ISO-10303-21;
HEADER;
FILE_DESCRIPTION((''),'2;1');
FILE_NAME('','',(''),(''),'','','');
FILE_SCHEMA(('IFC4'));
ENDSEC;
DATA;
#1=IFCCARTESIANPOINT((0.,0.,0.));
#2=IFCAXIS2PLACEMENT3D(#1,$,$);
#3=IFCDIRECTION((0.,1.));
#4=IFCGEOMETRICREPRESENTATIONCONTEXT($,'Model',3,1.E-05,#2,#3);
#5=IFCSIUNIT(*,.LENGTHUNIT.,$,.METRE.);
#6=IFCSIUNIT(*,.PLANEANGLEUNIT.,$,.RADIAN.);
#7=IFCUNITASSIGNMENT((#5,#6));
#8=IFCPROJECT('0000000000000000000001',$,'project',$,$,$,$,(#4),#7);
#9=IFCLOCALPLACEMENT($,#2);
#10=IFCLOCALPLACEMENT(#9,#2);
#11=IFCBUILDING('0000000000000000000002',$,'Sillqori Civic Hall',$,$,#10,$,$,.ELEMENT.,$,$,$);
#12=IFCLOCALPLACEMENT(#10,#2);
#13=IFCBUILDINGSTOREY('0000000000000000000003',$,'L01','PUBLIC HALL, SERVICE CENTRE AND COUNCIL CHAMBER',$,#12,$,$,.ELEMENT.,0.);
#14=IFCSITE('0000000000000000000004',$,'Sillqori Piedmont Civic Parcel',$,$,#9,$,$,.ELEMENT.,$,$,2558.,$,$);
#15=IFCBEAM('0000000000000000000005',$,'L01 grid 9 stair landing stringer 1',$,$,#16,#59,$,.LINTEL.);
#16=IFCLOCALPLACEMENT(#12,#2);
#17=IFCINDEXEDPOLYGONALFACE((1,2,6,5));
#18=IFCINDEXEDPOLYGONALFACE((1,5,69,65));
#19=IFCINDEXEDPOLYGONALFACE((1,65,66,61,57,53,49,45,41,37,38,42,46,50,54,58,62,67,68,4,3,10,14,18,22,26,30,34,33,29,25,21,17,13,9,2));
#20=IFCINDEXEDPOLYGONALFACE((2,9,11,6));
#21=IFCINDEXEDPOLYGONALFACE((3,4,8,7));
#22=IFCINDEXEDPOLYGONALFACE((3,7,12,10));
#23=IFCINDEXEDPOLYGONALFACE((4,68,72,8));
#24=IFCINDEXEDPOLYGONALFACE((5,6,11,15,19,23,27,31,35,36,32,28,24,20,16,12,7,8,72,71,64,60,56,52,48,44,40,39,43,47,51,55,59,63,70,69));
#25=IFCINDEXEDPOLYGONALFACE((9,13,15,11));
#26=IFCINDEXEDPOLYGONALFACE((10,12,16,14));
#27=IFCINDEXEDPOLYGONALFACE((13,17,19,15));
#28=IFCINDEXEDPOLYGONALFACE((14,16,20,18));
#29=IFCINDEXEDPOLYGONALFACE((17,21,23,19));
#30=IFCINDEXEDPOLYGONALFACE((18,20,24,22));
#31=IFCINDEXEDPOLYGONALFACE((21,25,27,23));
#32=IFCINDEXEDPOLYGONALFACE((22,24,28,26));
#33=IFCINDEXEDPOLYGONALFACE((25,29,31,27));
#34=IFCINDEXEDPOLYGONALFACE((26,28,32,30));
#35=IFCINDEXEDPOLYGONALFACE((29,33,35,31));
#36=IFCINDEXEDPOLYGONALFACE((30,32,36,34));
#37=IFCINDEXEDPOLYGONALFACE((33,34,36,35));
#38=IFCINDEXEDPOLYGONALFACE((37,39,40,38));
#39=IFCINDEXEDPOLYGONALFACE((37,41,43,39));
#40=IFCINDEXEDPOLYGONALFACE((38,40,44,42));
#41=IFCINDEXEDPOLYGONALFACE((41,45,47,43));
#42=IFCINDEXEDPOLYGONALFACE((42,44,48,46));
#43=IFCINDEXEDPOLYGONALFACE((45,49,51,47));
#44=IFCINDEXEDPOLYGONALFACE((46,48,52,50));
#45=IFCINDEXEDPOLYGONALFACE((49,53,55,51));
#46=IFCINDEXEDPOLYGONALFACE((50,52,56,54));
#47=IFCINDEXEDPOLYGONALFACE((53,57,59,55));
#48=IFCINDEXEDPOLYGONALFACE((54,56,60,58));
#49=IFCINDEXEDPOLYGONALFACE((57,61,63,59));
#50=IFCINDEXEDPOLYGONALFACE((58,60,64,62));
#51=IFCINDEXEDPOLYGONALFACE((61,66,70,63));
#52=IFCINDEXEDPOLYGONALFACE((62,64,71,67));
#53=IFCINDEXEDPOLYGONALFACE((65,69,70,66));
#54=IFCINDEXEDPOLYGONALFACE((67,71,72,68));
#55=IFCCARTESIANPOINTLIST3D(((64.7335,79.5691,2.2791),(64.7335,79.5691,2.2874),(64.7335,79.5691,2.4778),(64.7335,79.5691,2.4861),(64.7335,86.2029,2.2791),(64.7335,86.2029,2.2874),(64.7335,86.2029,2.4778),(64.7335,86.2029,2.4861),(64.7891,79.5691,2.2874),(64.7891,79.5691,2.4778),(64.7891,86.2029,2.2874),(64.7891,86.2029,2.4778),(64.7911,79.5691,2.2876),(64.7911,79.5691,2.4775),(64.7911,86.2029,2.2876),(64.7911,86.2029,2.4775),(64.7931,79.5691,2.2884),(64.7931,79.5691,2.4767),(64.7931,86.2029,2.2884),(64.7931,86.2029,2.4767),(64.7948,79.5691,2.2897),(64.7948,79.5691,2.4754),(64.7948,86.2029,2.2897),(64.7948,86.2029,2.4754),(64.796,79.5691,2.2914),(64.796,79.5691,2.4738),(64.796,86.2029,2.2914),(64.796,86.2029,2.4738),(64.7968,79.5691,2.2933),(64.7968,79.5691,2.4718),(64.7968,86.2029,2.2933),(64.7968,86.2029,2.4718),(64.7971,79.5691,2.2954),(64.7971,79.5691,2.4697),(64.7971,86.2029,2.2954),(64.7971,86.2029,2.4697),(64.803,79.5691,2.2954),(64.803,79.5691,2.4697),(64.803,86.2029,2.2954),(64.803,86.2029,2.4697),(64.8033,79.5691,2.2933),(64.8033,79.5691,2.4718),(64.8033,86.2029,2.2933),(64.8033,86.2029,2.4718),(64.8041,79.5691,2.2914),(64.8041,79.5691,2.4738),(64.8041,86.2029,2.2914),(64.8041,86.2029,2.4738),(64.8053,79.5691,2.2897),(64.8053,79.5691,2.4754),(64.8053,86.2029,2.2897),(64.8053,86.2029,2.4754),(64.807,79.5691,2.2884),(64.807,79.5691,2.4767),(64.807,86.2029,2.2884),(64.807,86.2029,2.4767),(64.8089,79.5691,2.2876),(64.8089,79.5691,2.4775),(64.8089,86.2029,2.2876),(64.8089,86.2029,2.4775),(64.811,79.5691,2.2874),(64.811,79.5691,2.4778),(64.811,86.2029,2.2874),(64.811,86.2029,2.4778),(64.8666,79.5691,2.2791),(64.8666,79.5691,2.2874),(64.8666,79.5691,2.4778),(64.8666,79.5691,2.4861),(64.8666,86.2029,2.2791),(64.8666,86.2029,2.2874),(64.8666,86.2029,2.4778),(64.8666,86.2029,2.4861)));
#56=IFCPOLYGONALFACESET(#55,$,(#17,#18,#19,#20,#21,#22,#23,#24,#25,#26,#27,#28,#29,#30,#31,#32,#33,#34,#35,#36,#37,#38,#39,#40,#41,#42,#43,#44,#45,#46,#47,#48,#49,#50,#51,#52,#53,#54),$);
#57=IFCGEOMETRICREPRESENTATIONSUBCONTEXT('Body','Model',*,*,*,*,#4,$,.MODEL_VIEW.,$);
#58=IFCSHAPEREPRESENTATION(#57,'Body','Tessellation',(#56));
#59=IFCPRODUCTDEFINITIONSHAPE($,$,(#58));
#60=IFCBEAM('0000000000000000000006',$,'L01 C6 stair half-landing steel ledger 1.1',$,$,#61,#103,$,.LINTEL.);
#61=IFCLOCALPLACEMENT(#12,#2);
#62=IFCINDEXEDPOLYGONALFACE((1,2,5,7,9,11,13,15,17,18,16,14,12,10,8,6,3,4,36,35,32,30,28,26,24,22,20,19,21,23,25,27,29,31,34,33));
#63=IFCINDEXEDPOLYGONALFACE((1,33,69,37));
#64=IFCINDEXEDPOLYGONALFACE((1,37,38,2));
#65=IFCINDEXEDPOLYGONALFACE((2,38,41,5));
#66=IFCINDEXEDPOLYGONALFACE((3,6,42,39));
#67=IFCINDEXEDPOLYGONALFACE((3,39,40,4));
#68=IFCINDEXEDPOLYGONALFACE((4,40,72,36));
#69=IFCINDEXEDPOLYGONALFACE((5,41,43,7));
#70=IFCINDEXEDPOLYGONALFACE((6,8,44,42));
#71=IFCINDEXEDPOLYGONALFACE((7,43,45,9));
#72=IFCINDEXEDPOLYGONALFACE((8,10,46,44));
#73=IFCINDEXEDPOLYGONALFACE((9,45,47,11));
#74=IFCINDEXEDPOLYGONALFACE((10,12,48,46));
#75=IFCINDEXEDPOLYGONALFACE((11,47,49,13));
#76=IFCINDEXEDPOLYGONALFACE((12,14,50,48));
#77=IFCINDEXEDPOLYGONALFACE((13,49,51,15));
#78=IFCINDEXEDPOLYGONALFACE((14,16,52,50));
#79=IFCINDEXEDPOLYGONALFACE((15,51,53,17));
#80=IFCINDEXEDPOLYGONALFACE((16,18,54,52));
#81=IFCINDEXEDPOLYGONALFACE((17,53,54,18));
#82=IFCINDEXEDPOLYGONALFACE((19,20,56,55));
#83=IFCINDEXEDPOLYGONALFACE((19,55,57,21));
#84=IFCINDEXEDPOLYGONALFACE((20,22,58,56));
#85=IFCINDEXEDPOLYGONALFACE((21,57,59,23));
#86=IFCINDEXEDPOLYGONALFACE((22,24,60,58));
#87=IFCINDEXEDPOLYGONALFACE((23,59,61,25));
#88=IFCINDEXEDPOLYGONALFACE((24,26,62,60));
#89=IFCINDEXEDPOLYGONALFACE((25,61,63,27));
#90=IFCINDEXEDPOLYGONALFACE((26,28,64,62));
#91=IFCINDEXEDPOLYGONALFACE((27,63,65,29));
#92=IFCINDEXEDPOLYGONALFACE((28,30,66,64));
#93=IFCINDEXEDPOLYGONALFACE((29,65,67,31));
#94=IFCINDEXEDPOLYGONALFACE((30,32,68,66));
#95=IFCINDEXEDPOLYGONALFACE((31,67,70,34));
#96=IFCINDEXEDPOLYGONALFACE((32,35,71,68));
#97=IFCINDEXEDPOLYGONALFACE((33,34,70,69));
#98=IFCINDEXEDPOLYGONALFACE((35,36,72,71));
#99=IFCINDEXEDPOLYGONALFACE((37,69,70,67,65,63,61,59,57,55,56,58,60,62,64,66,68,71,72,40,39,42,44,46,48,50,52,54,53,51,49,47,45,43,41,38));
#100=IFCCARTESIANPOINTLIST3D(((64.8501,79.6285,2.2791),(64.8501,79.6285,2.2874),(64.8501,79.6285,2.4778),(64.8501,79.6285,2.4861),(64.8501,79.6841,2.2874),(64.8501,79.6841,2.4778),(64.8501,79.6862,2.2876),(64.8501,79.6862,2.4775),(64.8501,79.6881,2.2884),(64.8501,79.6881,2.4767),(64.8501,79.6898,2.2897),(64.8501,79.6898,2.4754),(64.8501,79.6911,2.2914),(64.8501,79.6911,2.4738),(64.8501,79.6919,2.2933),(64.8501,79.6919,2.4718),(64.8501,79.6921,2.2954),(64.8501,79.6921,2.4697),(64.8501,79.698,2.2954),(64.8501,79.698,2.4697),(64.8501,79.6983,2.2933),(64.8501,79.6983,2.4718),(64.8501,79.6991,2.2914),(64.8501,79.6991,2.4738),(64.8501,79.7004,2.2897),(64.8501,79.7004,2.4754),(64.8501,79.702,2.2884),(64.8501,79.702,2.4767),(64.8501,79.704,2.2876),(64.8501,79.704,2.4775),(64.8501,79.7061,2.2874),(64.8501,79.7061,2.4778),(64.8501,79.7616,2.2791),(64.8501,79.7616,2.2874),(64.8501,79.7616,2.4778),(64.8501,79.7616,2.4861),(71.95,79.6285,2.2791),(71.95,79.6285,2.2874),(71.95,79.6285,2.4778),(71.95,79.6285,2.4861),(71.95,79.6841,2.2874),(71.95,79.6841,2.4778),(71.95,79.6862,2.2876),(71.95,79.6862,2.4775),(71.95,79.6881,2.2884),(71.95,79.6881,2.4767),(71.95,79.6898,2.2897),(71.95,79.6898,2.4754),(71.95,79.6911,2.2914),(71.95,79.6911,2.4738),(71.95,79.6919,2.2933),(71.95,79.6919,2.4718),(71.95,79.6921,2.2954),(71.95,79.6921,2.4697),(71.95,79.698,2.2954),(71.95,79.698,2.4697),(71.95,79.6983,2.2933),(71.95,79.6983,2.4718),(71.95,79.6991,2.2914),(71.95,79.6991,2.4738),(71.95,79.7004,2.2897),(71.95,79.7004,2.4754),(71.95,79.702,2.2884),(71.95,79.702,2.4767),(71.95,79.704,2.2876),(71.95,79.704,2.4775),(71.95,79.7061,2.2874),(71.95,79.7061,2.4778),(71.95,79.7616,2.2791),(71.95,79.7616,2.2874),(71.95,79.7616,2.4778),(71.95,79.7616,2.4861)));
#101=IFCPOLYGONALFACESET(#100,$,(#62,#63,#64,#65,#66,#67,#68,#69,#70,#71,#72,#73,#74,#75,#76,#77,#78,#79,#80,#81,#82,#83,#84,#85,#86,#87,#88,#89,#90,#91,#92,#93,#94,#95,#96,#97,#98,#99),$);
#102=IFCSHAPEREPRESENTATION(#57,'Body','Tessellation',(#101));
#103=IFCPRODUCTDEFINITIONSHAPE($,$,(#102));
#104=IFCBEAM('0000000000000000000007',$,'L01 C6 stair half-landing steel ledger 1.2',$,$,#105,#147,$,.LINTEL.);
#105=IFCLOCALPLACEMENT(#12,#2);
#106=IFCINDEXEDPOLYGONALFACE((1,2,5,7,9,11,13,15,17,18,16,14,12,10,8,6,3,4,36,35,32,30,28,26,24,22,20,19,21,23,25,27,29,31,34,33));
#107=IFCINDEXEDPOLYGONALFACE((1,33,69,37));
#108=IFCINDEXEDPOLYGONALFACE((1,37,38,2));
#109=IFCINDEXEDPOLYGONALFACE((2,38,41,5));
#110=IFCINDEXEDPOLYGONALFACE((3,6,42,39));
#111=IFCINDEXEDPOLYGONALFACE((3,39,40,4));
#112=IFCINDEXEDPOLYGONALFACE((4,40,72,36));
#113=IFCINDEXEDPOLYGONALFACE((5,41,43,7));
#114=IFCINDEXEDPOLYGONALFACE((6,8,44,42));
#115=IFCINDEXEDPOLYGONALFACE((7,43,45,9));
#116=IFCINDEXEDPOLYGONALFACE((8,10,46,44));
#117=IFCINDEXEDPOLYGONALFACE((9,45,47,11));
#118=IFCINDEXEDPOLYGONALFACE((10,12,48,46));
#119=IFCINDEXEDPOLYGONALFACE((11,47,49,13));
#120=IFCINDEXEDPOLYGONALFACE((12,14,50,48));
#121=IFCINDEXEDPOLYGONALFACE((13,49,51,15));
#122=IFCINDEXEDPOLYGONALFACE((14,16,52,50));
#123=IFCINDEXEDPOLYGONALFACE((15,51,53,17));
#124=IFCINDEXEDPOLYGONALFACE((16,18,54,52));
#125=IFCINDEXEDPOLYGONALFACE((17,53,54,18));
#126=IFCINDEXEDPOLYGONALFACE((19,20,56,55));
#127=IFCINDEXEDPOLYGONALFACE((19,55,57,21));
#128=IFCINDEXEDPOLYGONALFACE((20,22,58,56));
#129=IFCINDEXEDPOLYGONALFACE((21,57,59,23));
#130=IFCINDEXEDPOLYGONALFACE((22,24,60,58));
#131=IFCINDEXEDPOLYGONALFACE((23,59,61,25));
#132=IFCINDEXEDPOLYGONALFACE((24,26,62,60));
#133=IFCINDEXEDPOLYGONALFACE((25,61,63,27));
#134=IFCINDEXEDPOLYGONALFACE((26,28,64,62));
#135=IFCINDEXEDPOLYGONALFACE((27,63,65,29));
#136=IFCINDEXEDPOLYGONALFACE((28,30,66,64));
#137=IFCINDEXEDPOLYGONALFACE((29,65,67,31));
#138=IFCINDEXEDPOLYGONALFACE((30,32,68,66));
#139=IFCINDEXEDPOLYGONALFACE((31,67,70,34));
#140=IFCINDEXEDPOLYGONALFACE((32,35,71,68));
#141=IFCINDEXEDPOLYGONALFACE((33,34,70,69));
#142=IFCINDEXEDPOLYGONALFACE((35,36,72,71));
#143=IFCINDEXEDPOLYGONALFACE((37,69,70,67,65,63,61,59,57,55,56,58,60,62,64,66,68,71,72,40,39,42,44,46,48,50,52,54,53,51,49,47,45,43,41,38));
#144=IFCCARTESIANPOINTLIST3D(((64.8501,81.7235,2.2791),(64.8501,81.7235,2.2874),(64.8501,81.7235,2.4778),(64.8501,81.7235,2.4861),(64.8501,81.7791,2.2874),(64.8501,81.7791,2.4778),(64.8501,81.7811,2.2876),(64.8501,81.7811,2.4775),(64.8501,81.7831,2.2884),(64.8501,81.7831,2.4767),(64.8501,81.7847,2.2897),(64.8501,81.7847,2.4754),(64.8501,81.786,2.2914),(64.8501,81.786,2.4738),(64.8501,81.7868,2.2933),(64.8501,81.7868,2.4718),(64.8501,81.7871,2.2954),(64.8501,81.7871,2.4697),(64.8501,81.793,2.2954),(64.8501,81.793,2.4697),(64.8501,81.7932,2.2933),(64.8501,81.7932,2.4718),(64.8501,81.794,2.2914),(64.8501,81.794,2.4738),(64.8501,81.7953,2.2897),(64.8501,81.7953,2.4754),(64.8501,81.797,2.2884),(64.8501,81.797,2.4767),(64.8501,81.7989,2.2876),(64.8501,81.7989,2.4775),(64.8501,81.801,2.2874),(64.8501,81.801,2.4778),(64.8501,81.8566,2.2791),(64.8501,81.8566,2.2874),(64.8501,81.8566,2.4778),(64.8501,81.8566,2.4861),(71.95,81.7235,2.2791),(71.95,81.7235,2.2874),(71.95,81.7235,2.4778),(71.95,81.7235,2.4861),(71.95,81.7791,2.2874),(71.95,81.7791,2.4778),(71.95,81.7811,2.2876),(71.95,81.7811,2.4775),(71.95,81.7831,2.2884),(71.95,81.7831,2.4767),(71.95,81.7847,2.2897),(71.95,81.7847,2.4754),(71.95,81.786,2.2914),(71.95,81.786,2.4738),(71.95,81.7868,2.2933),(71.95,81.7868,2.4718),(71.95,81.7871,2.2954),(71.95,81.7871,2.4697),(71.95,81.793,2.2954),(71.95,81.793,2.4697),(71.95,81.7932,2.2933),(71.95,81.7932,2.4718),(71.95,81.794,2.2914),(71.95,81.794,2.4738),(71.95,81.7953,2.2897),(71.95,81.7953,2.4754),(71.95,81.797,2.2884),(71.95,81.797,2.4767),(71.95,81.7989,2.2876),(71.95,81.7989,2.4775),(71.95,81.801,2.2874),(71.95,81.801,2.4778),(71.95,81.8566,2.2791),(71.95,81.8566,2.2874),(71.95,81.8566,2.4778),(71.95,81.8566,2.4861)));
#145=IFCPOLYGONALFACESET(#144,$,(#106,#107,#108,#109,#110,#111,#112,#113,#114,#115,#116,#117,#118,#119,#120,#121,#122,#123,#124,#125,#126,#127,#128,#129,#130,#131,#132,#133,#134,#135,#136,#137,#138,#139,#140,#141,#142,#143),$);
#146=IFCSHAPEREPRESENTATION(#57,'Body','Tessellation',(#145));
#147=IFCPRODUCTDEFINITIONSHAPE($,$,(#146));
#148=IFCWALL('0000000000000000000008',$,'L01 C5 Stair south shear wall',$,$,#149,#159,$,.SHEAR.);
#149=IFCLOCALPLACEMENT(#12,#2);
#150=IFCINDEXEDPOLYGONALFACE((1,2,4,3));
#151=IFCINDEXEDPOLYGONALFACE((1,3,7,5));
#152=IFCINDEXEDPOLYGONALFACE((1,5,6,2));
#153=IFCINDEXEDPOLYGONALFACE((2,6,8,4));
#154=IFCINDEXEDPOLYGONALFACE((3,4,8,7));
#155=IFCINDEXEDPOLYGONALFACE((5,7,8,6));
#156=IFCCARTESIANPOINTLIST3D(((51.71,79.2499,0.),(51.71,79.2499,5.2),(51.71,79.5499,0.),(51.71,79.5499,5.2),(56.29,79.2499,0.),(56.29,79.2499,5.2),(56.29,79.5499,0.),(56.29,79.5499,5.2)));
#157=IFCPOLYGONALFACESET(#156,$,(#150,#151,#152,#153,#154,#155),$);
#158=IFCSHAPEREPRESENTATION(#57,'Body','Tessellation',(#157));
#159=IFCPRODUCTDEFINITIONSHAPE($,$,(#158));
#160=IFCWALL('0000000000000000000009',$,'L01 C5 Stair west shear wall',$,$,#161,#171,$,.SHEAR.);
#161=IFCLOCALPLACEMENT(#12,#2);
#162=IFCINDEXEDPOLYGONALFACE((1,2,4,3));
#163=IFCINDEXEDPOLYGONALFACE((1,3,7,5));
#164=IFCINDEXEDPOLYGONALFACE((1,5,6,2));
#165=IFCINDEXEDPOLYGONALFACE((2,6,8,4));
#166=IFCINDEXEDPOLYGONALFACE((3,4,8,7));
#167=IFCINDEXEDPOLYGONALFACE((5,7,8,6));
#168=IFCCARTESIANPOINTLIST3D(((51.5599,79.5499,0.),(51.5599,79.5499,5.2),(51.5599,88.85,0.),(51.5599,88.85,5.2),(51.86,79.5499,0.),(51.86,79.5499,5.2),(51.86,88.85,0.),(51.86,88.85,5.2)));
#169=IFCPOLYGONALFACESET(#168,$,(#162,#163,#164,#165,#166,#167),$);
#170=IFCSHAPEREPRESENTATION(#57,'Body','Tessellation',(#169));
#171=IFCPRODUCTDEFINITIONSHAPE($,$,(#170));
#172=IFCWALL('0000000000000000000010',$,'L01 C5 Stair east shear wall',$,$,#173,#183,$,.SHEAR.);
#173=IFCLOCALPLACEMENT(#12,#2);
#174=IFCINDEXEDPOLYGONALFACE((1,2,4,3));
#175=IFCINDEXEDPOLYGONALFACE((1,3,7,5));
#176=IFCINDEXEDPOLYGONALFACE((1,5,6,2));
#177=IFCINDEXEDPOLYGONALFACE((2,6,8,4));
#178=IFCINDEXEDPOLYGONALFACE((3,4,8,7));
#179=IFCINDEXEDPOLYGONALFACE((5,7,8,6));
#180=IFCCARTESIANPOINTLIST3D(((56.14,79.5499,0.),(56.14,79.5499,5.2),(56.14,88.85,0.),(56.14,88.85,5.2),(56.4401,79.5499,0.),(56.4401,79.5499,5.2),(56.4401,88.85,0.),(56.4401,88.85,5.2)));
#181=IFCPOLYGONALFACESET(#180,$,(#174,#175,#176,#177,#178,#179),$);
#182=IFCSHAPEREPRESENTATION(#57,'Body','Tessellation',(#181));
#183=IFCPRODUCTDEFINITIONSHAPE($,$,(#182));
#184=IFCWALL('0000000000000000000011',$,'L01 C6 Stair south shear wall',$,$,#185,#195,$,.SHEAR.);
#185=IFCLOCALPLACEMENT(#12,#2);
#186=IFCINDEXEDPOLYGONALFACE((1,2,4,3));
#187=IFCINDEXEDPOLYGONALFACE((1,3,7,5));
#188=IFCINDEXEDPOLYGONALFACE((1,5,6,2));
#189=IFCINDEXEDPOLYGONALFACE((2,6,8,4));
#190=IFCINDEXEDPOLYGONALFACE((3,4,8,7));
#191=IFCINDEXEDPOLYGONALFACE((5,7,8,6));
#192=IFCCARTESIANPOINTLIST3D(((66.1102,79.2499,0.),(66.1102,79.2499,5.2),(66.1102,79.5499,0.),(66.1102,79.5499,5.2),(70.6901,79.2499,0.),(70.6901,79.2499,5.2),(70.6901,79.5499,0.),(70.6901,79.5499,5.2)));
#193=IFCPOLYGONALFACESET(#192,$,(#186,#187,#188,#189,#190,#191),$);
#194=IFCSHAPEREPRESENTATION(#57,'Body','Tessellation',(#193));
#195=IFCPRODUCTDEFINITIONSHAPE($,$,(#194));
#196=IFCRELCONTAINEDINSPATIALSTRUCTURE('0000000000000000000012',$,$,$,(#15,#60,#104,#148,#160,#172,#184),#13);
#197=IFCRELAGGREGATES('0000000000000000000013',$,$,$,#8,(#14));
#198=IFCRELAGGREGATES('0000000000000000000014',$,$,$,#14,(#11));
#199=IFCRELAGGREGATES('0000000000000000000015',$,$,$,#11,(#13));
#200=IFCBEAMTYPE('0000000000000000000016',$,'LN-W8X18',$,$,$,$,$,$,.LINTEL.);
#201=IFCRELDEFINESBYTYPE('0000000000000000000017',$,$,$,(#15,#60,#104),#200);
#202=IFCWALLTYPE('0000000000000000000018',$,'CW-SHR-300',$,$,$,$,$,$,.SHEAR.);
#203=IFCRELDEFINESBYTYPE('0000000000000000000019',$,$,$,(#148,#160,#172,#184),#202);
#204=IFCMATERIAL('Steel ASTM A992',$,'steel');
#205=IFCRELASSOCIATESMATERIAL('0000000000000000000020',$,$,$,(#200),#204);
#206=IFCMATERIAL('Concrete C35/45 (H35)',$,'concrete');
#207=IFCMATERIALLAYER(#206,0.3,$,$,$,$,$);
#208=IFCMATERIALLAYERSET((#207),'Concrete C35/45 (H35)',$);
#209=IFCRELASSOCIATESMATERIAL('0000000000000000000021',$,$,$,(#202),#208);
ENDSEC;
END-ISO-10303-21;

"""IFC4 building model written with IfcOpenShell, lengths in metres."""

from ifc_helpers import new_model, si_unit, direction, frame, frame_2d, origin, origin_2d, place, context, subcontext, project, spatial, rectangle, i_section, extrude, material, layer, layer_set, material_profile, profile_set, type_object, element, save


model = new_model("IFC4")

# Units and contexts
model_context = context("Model", 3, precision=1e-05, world=origin(), true_north=direction((0.0, 1.0)))
body_context = subcontext(model_context, "Body", "Model", "MODEL_VIEW")
ifc_project = project(units=[si_unit("LENGTHUNIT", "METRE"), si_unit("PLANEANGLEUNIT", "RADIAN")], contexts=[model_context])

# Site, building, storey
site_placement = place(None, origin())
site = spatial("IfcSite", under=ifc_project, at=site_placement, Name="Sillqori Piedmont Civic Parcel", CompositionType="ELEMENT", RefElevation=2558.0)
building_placement = place(site_placement, origin())
building = spatial("IfcBuilding", under=site, at=building_placement, Name="Sillqori Civic Hall", CompositionType="ELEMENT")
storey_placement = place(building_placement, origin())
storey = spatial("IfcBuildingStorey", under=building, at=storey_placement, Name="L01", Description="PUBLIC HALL, SERVICE CENTRE AND COUNCIL CHAMBER", CompositionType="ELEMENT", Elevation=0.0)

# Shared definitions
ifc_material_1 = material(Name="Steel ASTM A992", Category="steel")

# Beams
ifc_material_profile_1 = material_profile(ifc_material_1, i_section(OverallWidth=0.1331, OverallDepth=0.207, WebThickness=0.0059, FlangeThickness=0.0083, FilletRadius=0.0081, at=origin_2d()), Name="W8X18")
ifc_profile_set_1 = profile_set([ifc_material_profile_1], Name="Steel ASTM A992")
beam_type_1 = type_object("IfcBeamType", Name="LN-W8X18", PredefinedType="LINTEL", material=ifc_profile_set_1)
beam_1_placement = place(storey_placement, frame((64.8, 79.5691, 2.3826), z_axis=(0.0, 1.0, 0.0), x_axis=(-1.0, 0.0, 0.0)))
element("IfcBeam", 1, at=beam_1_placement, inside=storey, type_object=beam_type_1, Name="L01 grid 9 stair landing stringer 1", PredefinedType="LINTEL", context=body_context, shape_type="SweptSolid", body=[
    extrude(i_section(OverallWidth=0.1331, OverallDepth=0.207, WebThickness=0.0059, FlangeThickness=0.0083, FilletRadius=0.0081, at=origin_2d()), origin(), (0.0, 0.0, 1.0), 6.6338),
])
for number, where, z_axis, x_axis, name in (
    (2, (64.8501, 79.6951, 2.3826), (1.0, 0.0, 0.0), (0.0, 1.0, 0.0), "L01 C6 stair half-landing steel ledger 1.1"),
    (3, (64.8501, 81.79, 2.3826), (1.0, 0.0, 0.0), (0.0, 1.0, 0.0), "L01 C6 stair half-landing steel ledger 1.2"),
):
    element("IfcBeam", number, at=place(storey_placement, frame(where, z_axis=z_axis, x_axis=x_axis)), inside=storey, type_object=beam_type_1, Name=name, PredefinedType="LINTEL", context=body_context, shape_type="SweptSolid", body=[
        extrude(i_section(OverallWidth=0.1331, OverallDepth=0.207, WebThickness=0.0059, FlangeThickness=0.0083, FilletRadius=0.0081, at=origin_2d()), origin(), (0.0, 0.0, 1.0), 7.0999),
    ])

# Walls
ifc_material_2 = material(Name="Concrete C35/45 (H35)", Category="concrete")
ifc_layer_1 = layer(ifc_material_2, 0.3)
ifc_layer_set_1 = layer_set([ifc_layer_1], Name="Concrete C35/45 (H35)")
wall_type_1 = type_object("IfcWallType", Name="CW-SHR-300", PredefinedType="SHEAR", material=ifc_layer_set_1)
wall_1_placement = place(storey_placement, frame((51.71, 79.3999, 0.0), z_axis=(0.0, 0.0, 1.0), x_axis=(1.0, 0.0, 0.0)))
element("IfcWall", 4, at=wall_1_placement, inside=storey, type_object=wall_type_1, Name="L01 C5 Stair south shear wall", PredefinedType="SHEAR", context=body_context, shape_type="SweptSolid", body=[
    extrude(rectangle(XDim=4.5801, YDim=0.3, at=frame_2d((2.29, 0.0))), origin(), (0.0, 0.0, 1.0), 5.2),
])
for number, where, z_axis, x_axis, name in (
    (5, (51.71, 79.55, 0.0), (0.0, 0.0, 1.0), (0.0, 1.0, 0.0), "L01 C5 Stair west shear wall"),
    (6, (56.29, 79.55, 0.0), (0.0, 0.0, 1.0), (0.0, 1.0, 0.0), "L01 C5 Stair east shear wall"),
):
    element("IfcWall", number, at=place(storey_placement, frame(where, z_axis=z_axis, x_axis=x_axis)), inside=storey, type_object=wall_type_1, Name=name, PredefinedType="SHEAR", context=body_context, shape_type="SweptSolid", body=[
        extrude(rectangle(XDim=9.3, YDim=0.3, at=frame_2d((4.6499, 0.0))), origin(), (0.0, 0.0, 1.0), 5.2),
    ])
wall_2_placement = place(storey_placement, frame((66.1101, 79.3999, 0.0), z_axis=(0.0, 0.0, 1.0), x_axis=(1.0, 0.0, 0.0)))
element("IfcWall", 7, at=wall_2_placement, inside=storey, type_object=wall_type_1, Name="L01 C6 Stair south shear wall", PredefinedType="SHEAR", context=body_context, shape_type="SweptSolid", body=[
    extrude(rectangle(XDim=4.5798, YDim=0.3, at=frame_2d((2.29, 0.0))), origin(), (0.0, 0.0, 1.0), 5.2),
])

save(model, "model.ifc")
